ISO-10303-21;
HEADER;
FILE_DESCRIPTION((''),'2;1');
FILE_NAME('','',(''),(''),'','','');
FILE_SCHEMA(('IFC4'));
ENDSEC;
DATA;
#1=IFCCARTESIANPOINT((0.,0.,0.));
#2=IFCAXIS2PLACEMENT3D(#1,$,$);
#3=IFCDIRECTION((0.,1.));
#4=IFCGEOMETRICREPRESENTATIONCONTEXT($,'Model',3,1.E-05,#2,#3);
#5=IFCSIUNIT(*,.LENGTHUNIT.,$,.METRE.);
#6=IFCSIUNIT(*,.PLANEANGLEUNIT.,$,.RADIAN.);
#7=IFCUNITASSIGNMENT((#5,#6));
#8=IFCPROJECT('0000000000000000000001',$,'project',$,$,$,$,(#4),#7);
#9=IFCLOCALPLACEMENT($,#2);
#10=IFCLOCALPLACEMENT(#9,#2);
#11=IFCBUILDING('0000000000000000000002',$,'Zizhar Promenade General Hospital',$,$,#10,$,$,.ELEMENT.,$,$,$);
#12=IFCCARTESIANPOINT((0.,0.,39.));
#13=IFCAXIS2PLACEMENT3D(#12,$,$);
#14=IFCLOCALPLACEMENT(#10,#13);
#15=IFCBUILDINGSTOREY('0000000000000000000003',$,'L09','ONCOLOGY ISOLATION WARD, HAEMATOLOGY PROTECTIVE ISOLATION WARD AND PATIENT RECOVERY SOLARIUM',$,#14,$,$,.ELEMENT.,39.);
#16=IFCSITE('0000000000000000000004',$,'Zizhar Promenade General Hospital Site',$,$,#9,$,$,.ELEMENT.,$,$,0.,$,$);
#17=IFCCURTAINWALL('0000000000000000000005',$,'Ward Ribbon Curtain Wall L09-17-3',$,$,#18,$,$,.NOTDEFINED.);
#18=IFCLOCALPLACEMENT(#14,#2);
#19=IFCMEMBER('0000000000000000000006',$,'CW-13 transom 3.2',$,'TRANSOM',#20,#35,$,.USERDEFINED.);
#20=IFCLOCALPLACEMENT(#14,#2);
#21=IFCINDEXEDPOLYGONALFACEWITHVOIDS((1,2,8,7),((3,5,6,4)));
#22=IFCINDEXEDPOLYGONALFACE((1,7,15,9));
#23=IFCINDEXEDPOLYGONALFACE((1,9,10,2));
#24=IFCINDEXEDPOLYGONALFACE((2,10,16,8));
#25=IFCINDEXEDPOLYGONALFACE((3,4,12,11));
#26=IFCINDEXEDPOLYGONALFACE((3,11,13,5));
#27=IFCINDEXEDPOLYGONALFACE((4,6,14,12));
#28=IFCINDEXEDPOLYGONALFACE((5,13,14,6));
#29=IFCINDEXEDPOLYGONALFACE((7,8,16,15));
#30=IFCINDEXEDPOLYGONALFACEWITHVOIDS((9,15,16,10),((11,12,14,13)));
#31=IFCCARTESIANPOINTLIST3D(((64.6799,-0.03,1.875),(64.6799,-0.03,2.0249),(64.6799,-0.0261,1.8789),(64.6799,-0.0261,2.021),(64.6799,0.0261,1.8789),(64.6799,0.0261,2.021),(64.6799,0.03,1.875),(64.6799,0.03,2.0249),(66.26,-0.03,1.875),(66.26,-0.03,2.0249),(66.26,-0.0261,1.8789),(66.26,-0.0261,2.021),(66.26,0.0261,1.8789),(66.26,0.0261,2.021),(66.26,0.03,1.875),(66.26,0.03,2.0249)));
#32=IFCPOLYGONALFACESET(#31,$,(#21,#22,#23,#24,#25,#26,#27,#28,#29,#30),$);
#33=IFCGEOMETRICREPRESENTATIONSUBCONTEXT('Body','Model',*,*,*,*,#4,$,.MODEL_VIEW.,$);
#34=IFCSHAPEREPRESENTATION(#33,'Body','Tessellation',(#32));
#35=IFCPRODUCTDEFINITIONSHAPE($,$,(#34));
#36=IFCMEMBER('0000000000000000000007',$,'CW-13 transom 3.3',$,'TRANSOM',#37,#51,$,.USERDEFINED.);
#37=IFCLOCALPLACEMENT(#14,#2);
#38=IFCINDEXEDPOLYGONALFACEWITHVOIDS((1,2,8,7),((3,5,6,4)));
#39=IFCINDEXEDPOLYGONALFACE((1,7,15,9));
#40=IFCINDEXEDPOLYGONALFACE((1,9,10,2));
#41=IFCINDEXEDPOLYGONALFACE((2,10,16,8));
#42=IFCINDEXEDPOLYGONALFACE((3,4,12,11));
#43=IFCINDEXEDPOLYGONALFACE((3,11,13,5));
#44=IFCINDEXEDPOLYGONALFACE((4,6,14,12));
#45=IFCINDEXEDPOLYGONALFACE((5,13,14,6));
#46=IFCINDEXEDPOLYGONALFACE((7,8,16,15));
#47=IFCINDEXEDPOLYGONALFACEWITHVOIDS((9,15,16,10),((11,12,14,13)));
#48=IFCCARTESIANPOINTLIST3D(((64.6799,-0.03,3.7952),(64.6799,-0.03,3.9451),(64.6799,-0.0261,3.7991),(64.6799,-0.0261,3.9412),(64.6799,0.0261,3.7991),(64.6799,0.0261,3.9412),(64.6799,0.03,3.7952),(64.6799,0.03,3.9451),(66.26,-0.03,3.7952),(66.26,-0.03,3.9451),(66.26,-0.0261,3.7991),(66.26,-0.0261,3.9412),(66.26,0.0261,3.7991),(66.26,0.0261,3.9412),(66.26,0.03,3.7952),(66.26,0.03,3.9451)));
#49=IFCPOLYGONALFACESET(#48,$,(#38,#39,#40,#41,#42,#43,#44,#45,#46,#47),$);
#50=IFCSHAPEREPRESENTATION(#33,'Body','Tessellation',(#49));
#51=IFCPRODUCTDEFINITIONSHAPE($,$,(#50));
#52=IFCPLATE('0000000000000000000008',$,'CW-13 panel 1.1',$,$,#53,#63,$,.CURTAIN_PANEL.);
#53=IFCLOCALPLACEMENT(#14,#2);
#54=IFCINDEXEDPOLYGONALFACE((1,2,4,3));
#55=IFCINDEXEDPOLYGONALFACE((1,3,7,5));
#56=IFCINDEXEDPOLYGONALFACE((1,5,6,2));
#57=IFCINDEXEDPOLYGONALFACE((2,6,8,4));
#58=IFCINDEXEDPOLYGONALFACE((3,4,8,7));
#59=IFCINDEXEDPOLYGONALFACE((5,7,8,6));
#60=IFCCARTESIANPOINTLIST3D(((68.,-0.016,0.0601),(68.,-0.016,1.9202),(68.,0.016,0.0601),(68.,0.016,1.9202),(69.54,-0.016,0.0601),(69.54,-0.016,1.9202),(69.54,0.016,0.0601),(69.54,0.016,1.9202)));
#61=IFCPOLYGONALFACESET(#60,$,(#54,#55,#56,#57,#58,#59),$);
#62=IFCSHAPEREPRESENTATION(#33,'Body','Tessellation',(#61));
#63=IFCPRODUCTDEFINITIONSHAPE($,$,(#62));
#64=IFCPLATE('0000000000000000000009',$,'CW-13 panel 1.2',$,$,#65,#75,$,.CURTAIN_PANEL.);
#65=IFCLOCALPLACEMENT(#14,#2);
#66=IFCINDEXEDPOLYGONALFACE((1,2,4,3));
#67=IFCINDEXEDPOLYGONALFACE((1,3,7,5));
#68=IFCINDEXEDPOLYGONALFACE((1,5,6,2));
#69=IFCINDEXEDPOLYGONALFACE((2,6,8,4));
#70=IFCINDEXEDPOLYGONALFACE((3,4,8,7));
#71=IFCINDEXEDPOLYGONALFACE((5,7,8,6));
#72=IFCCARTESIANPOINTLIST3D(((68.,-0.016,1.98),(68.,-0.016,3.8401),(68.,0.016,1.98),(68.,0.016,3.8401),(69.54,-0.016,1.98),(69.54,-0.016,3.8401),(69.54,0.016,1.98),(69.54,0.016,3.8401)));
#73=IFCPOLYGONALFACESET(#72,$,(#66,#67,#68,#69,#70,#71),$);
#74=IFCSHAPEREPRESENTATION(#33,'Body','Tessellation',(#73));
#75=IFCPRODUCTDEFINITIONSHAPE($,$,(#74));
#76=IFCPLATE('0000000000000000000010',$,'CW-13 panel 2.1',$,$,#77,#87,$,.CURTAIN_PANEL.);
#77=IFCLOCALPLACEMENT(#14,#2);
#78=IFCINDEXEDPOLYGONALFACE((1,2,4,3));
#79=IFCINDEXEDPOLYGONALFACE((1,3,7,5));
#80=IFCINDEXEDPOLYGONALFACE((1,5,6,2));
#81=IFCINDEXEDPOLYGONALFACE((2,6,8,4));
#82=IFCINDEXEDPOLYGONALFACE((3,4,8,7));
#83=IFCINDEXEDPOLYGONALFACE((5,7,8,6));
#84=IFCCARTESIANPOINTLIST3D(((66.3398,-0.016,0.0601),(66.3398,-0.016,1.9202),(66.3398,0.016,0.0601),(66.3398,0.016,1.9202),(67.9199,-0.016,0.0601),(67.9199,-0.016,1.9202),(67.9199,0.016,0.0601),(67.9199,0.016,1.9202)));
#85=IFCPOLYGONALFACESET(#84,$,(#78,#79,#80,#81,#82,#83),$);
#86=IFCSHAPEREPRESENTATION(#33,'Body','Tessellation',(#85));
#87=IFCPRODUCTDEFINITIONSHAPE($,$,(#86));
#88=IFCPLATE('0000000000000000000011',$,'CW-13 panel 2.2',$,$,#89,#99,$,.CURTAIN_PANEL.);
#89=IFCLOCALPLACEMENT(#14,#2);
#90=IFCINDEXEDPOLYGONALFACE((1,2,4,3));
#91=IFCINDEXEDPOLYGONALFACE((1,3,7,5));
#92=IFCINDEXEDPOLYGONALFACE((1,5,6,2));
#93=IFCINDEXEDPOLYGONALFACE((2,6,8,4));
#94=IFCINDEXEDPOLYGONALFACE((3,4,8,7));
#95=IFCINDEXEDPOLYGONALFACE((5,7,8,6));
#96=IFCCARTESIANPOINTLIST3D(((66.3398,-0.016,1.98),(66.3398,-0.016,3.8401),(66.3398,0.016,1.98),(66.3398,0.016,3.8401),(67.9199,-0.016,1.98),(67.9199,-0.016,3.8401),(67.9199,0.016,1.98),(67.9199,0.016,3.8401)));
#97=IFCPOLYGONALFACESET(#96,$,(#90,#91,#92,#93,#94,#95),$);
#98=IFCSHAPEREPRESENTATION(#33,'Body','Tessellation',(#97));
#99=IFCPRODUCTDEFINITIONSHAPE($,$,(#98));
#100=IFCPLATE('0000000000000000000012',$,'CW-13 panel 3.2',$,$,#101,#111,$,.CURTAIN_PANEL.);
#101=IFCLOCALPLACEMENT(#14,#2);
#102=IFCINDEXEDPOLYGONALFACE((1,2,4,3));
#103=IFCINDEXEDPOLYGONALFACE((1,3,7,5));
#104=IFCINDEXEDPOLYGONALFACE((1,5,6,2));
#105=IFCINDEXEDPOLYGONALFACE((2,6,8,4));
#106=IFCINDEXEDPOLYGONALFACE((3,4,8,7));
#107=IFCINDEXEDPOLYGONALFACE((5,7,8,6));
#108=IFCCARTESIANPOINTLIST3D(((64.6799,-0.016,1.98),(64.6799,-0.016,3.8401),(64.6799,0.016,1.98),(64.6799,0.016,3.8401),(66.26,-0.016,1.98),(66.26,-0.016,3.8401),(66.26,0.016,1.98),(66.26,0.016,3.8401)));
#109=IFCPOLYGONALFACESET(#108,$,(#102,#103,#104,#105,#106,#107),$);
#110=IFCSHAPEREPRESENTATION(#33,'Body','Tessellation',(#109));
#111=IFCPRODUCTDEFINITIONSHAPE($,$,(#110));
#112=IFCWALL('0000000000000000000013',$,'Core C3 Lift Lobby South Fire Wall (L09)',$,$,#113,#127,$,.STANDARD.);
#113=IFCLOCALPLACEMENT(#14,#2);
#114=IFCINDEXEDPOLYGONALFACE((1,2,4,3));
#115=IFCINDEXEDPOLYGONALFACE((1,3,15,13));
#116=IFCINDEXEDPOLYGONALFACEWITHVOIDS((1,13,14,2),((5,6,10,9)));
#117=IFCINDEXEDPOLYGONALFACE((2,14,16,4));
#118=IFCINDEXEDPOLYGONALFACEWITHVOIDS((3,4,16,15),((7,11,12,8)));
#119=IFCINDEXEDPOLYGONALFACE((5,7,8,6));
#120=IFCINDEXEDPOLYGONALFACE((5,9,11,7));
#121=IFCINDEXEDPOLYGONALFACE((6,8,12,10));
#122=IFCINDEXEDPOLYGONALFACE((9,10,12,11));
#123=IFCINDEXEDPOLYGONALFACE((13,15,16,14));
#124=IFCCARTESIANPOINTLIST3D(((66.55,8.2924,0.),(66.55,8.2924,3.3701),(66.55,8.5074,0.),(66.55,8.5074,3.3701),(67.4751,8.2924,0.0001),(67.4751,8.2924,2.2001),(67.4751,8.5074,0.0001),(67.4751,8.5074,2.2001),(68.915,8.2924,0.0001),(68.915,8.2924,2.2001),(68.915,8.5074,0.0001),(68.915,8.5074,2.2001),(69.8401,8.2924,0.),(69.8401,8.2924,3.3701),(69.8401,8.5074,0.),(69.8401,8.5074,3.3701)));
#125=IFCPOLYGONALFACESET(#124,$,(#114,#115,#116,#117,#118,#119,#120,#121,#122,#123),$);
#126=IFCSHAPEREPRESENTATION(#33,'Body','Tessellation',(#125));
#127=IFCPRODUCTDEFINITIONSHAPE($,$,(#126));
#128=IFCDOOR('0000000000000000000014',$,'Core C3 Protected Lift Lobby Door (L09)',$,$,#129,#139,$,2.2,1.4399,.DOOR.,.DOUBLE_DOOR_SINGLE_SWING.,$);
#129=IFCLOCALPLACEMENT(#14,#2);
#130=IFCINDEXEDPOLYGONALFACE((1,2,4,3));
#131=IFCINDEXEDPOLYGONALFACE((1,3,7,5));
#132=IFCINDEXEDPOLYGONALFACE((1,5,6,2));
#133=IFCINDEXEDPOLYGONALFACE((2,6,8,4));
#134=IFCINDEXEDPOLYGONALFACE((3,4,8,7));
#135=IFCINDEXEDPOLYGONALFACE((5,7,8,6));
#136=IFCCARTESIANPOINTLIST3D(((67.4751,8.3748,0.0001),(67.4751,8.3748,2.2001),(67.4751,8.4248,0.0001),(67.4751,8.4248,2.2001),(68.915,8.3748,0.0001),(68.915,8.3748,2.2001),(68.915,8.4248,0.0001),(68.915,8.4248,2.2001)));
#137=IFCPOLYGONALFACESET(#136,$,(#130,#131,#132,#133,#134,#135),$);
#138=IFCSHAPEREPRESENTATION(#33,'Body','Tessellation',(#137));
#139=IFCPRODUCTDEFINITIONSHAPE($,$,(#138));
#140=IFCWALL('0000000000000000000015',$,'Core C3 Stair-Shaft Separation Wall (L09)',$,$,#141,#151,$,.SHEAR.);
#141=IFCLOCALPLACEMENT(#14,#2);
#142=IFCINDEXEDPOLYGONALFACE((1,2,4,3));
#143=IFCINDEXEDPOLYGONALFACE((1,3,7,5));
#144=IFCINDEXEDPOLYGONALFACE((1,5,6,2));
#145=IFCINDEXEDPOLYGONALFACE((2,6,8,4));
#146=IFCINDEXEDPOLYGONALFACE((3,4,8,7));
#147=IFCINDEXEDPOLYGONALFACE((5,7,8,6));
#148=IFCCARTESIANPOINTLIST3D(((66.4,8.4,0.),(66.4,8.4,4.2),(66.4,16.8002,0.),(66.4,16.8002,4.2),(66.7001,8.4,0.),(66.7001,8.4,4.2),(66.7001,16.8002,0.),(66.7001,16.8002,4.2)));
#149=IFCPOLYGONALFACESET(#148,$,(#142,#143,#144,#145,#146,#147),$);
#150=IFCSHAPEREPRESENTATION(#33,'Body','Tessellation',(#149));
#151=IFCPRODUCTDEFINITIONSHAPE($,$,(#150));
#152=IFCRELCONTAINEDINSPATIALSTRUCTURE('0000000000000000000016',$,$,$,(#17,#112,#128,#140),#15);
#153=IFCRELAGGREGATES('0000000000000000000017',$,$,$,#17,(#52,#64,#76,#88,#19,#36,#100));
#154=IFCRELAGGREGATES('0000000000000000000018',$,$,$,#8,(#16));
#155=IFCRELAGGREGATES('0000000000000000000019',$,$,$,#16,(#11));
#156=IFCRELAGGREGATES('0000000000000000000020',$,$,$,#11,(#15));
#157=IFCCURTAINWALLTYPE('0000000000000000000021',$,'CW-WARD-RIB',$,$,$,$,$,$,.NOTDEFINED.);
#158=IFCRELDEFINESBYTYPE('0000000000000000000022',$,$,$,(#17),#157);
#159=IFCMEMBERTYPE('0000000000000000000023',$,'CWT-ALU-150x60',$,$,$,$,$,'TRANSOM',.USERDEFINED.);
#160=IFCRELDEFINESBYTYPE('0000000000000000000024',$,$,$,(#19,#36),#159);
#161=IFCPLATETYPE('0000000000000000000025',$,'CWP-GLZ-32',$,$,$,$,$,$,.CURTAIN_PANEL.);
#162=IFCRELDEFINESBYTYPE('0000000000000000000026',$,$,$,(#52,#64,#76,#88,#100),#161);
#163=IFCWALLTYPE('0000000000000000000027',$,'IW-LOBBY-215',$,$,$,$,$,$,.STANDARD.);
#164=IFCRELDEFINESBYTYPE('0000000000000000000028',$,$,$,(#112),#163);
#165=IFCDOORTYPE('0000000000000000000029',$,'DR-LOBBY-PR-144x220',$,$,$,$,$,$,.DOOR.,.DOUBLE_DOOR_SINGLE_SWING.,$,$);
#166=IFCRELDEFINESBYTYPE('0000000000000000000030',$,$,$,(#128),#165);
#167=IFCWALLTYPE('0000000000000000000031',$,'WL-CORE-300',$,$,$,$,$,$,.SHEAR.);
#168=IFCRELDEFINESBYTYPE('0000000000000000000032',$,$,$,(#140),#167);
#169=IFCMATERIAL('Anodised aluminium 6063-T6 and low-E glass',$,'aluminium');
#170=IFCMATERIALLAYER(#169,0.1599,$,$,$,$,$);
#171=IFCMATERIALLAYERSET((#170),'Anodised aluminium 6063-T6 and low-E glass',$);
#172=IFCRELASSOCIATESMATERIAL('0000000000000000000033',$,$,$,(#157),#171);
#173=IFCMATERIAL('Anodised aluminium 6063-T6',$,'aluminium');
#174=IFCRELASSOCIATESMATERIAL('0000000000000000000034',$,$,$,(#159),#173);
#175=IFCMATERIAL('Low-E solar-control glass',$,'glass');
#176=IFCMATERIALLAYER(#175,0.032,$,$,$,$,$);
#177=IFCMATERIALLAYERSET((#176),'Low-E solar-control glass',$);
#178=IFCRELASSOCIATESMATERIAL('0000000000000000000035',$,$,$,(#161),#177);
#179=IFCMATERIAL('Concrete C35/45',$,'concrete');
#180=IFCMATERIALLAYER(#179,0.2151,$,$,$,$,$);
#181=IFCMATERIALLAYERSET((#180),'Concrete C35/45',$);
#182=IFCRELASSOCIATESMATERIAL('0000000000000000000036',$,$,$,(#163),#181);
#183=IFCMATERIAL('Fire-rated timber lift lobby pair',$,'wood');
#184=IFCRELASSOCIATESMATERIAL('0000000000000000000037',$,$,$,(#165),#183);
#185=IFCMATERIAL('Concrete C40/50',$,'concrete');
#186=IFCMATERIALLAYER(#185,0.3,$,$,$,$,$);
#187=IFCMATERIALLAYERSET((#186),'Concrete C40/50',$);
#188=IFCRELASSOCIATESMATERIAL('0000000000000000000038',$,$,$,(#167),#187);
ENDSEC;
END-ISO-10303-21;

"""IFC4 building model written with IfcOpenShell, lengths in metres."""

from ifc_helpers import new_model, si_unit, direction, frame, frame_2d, origin, origin_2d, place, context, subcontext, project, spatial, rectangle, hollow_rectangle, extrude, material, layer, layer_set, material_profile, profile_set, type_object, element, fill, aggregate, save


model = new_model("IFC4")

# Units and contexts
model_context = context("Model", 3, precision=1e-05, world=origin(), true_north=direction((0.0, 1.0)))
body_context = subcontext(model_context, "Body", "Model", "MODEL_VIEW")
ifc_project = project(units=[si_unit("LENGTHUNIT", "METRE"), si_unit("PLANEANGLEUNIT", "RADIAN")], contexts=[model_context])

# Site, building, storey
site_placement = place(None, origin())
site = spatial("IfcSite", under=ifc_project, at=site_placement, Name="Zizhar Promenade General Hospital Site", CompositionType="ELEMENT", RefElevation=0.0)
building_placement = place(site_placement, origin())
building = spatial("IfcBuilding", under=site, at=building_placement, Name="Zizhar Promenade General Hospital", CompositionType="ELEMENT")
storey_placement = place(building_placement, frame((0.0, 0.0, 39.0)))
storey = spatial("IfcBuildingStorey", under=building, at=storey_placement, Name="L09", Description="ONCOLOGY ISOLATION WARD, HAEMATOLOGY PROTECTIVE ISOLATION WARD AND PATIENT RECOVERY SOLARIUM", CompositionType="ELEMENT", Elevation=39.0)

# Curtain wall, members, plates
ifc_material_1 = material(Name="Anodised aluminium 6063-T6 and low-E glass", Category="aluminium")
ifc_layer_1 = layer(ifc_material_1, 0.1599)
ifc_layer_set_1 = layer_set([ifc_layer_1], Name="Anodised aluminium 6063-T6 and low-E glass")
curtain_wall_type = type_object("IfcCurtainWallType", Name="CW-WARD-RIB", PredefinedType="NOTDEFINED", material=ifc_layer_set_1)
curtain_wall_placement = place(storey_placement, origin())
curtain_wall = element("IfcCurtainWall", 1, at=curtain_wall_placement, inside=storey, type_object=curtain_wall_type, Name="Ward Ribbon Curtain Wall L09-17-3", PredefinedType="NOTDEFINED")
ifc_material_2 = material(Name="Anodised aluminium 6063-T6", Category="aluminium")
ifc_material_profile_1 = material_profile(ifc_material_2, hollow_rectangle(XDim=0.0601, YDim=0.1499, WallThickness=0.0039, at=origin_2d()))
ifc_profile_set_1 = profile_set([ifc_material_profile_1], Name="Anodised aluminium 6063-T6")
member_type_1 = type_object("IfcMemberType", Name="CWT-ALU-150x60", ElementType="TRANSOM", PredefinedType="USERDEFINED", material=ifc_profile_set_1)
member_1_placement = place(storey_placement, frame((66.26, 0.0, 1.95), z_axis=(-1.0, 0.0, 0.0), x_axis=(0.0, -1.0, 0.0)))
member_1 = element("IfcMember", 2, at=member_1_placement, type_object=member_type_1, Name="CW-13 transom 3.2", ObjectType="TRANSOM", PredefinedType="USERDEFINED", context=body_context, shape_type="SweptSolid", body=[
    extrude(hollow_rectangle(XDim=0.0601, YDim=0.1499, WallThickness=0.0039, at=origin_2d()), origin(), (0.0, 0.0, 1.0), 1.5801),
])
member_2_placement = place(storey_placement, frame((66.26, 0.0, 3.8701), z_axis=(-1.0, 0.0, 0.0), x_axis=(0.0, -1.0, 0.0)))
member_2 = element("IfcMember", 3, at=member_2_placement, type_object=member_type_1, Name="CW-13 transom 3.3", ObjectType="TRANSOM", PredefinedType="USERDEFINED", context=body_context, shape_type="SweptSolid", body=[
    extrude(hollow_rectangle(XDim=0.0601, YDim=0.1499, WallThickness=0.0039, at=origin_2d()), origin(), (0.0, 0.0, 1.0), 1.5801),
])
ifc_material_3 = material(Name="Low-E solar-control glass", Category="glass")
ifc_layer_2 = layer(ifc_material_3, 0.032)
ifc_layer_set_2 = layer_set([ifc_layer_2], Name="Low-E solar-control glass")
plate_type = type_object("IfcPlateType", Name="CWP-GLZ-32", PredefinedType="CURTAIN_PANEL", material=ifc_layer_set_2)
plate_1_placement = place(storey_placement, frame((68.77, 0.0, 0.0601), z_axis=(0.0, 0.0, 1.0), x_axis=(-1.0, 0.0, 0.0)))
plate_1 = element("IfcPlate", 4, at=plate_1_placement, type_object=plate_type, Name="CW-13 panel 1.1", PredefinedType="CURTAIN_PANEL", context=body_context, shape_type="SweptSolid", body=[
    extrude(rectangle(XDim=1.54, YDim=0.032, at=origin_2d()), origin(), (0.0, 0.0, 1.0), 1.8601),
])
plate_2_placement = place(storey_placement, frame((68.77, 0.0, 1.98), z_axis=(0.0, 0.0, 1.0), x_axis=(-1.0, 0.0, 0.0)))
plate_2 = element("IfcPlate", 5, at=plate_2_placement, type_object=plate_type, Name="CW-13 panel 1.2", PredefinedType="CURTAIN_PANEL", context=body_context, shape_type="SweptSolid", body=[
    extrude(rectangle(XDim=1.54, YDim=0.032, at=origin_2d()), origin(), (0.0, 0.0, 1.0), 1.8601),
])
plate_3_placement = place(storey_placement, frame((67.1299, 0.0, 0.0601), z_axis=(0.0, 0.0, 1.0), x_axis=(-1.0, 0.0, 0.0)))
plate_3 = element("IfcPlate", 6, at=plate_3_placement, type_object=plate_type, Name="CW-13 panel 2.1", PredefinedType="CURTAIN_PANEL", context=body_context, shape_type="SweptSolid", body=[
    extrude(rectangle(XDim=1.5801, YDim=0.032, at=origin_2d()), origin(), (0.0, 0.0, 1.0), 1.8601),
])
plate_4_placement = place(storey_placement, frame((67.1299, 0.0, 1.98), z_axis=(0.0, 0.0, 1.0), x_axis=(-1.0, 0.0, 0.0)))
plate_4 = element("IfcPlate", 7, at=plate_4_placement, type_object=plate_type, Name="CW-13 panel 2.2", PredefinedType="CURTAIN_PANEL", context=body_context, shape_type="SweptSolid", body=[
    extrude(rectangle(XDim=1.5801, YDim=0.032, at=origin_2d()), origin(), (0.0, 0.0, 1.0), 1.8601),
])
plate_5_placement = place(storey_placement, frame((65.47, 0.0, 1.98), z_axis=(0.0, 0.0, 1.0), x_axis=(-1.0, 0.0, 0.0)))
plate_5 = element("IfcPlate", 8, at=plate_5_placement, type_object=plate_type, Name="CW-13 panel 3.2", PredefinedType="CURTAIN_PANEL", context=body_context, shape_type="SweptSolid", body=[
    extrude(rectangle(XDim=1.5801, YDim=0.032, at=origin_2d()), origin(), (0.0, 0.0, 1.0), 1.8601),
])
aggregate(curtain_wall, [plate_1, plate_2, plate_3, plate_4, member_1, member_2, plate_5])

# Wall, opening, door
ifc_material_4 = material(Name="Concrete C35/45", Category="concrete")
ifc_layer_3 = layer(ifc_material_4, 0.2151)
ifc_layer_set_3 = layer_set([ifc_layer_3], Name="Concrete C35/45")
wall_type_1 = type_object("IfcWallType", Name="IW-LOBBY-215", PredefinedType="STANDARD", material=ifc_layer_set_3)
wall_1_placement = place(storey_placement, frame((66.55, 8.3999, 0.0), z_axis=(0.0, 0.0, 1.0), x_axis=(1.0, 0.0, 0.0)))
wall_1 = element("IfcWall", 9, at=wall_1_placement, inside=storey, type_object=wall_type_1, Name="Core C3 Lift Lobby South Fire Wall (L09)", PredefinedType="STANDARD", context=body_context, shape_type="SweptSolid", body=[
    extrude(rectangle(XDim=3.29, YDim=0.2151, at=frame_2d((1.645, 0.0))), origin(), (0.0, 0.0, 1.0), 3.3701),
])
opening_placement = place(wall_1_placement, frame((0.925, 0.0, 0.0)))
opening = element("IfcOpeningElement", 10, at=opening_placement, cuts=wall_1, PredefinedType="OPENING", context=body_context, shape_type="SweptSolid", body=[
    extrude(rectangle(XDim=1.4399, YDim=2.2, at=frame_2d((0.72, 1.1001))), frame((0.0, 0.1177, 0.0), z_axis=(0.0, -1.0, 0.0), x_axis=(1.0, 0.0, 0.0)), (0.0, 0.0, 1.0), 0.2351),
])
ifc_material_5 = material(Name="Fire-rated timber lift lobby pair", Category="wood")
door_type = type_object("IfcDoorType", Name="DR-LOBBY-PR-144x220", OperationType="DOUBLE_DOOR_SINGLE_SWING", PredefinedType="DOOR", material=ifc_material_5)
door_placement = place(opening_placement, origin())
door = element("IfcDoor", 11, at=door_placement, inside=storey, type_object=door_type, Name="Core C3 Protected Lift Lobby Door (L09)", OperationType="DOUBLE_DOOR_SINGLE_SWING", OverallHeight=2.2, OverallWidth=1.4399, PredefinedType="DOOR", context=body_context, shape_type="SweptSolid", body=[
    extrude(rectangle(XDim=1.4399, YDim=2.2, at=frame_2d((0.72, 1.1001))), frame((0.0, 0.0249, 0.0), z_axis=(0.0, -1.0, 0.0), x_axis=(1.0, 0.0, 0.0)), (0.0, 0.0, 1.0), 0.05),
])
fill(opening, door)

# Wall
ifc_material_6 = material(Name="Concrete C40/50", Category="concrete")
ifc_layer_4 = layer(ifc_material_6, 0.3)
ifc_layer_set_4 = layer_set([ifc_layer_4], Name="Concrete C40/50")
wall_type_2 = type_object("IfcWallType", Name="WL-CORE-300", PredefinedType="SHEAR", material=ifc_layer_set_4)
wall_2_placement = place(storey_placement, frame((66.55, 8.3999, 0.0), z_axis=(0.0, 0.0, 1.0), x_axis=(0.0, 1.0, 0.0)))
element("IfcWall", 12, at=wall_2_placement, inside=storey, type_object=wall_type_2, Name="Core C3 Stair-Shaft Separation Wall (L09)", PredefinedType="SHEAR", context=body_context, shape_type="SweptSolid", body=[
    extrude(rectangle(XDim=8.4001, YDim=0.3, at=frame_2d((4.2002, 0.0))), origin(), (0.0, 0.0, 1.0), 4.2),
])

save(model, "model.ifc")
